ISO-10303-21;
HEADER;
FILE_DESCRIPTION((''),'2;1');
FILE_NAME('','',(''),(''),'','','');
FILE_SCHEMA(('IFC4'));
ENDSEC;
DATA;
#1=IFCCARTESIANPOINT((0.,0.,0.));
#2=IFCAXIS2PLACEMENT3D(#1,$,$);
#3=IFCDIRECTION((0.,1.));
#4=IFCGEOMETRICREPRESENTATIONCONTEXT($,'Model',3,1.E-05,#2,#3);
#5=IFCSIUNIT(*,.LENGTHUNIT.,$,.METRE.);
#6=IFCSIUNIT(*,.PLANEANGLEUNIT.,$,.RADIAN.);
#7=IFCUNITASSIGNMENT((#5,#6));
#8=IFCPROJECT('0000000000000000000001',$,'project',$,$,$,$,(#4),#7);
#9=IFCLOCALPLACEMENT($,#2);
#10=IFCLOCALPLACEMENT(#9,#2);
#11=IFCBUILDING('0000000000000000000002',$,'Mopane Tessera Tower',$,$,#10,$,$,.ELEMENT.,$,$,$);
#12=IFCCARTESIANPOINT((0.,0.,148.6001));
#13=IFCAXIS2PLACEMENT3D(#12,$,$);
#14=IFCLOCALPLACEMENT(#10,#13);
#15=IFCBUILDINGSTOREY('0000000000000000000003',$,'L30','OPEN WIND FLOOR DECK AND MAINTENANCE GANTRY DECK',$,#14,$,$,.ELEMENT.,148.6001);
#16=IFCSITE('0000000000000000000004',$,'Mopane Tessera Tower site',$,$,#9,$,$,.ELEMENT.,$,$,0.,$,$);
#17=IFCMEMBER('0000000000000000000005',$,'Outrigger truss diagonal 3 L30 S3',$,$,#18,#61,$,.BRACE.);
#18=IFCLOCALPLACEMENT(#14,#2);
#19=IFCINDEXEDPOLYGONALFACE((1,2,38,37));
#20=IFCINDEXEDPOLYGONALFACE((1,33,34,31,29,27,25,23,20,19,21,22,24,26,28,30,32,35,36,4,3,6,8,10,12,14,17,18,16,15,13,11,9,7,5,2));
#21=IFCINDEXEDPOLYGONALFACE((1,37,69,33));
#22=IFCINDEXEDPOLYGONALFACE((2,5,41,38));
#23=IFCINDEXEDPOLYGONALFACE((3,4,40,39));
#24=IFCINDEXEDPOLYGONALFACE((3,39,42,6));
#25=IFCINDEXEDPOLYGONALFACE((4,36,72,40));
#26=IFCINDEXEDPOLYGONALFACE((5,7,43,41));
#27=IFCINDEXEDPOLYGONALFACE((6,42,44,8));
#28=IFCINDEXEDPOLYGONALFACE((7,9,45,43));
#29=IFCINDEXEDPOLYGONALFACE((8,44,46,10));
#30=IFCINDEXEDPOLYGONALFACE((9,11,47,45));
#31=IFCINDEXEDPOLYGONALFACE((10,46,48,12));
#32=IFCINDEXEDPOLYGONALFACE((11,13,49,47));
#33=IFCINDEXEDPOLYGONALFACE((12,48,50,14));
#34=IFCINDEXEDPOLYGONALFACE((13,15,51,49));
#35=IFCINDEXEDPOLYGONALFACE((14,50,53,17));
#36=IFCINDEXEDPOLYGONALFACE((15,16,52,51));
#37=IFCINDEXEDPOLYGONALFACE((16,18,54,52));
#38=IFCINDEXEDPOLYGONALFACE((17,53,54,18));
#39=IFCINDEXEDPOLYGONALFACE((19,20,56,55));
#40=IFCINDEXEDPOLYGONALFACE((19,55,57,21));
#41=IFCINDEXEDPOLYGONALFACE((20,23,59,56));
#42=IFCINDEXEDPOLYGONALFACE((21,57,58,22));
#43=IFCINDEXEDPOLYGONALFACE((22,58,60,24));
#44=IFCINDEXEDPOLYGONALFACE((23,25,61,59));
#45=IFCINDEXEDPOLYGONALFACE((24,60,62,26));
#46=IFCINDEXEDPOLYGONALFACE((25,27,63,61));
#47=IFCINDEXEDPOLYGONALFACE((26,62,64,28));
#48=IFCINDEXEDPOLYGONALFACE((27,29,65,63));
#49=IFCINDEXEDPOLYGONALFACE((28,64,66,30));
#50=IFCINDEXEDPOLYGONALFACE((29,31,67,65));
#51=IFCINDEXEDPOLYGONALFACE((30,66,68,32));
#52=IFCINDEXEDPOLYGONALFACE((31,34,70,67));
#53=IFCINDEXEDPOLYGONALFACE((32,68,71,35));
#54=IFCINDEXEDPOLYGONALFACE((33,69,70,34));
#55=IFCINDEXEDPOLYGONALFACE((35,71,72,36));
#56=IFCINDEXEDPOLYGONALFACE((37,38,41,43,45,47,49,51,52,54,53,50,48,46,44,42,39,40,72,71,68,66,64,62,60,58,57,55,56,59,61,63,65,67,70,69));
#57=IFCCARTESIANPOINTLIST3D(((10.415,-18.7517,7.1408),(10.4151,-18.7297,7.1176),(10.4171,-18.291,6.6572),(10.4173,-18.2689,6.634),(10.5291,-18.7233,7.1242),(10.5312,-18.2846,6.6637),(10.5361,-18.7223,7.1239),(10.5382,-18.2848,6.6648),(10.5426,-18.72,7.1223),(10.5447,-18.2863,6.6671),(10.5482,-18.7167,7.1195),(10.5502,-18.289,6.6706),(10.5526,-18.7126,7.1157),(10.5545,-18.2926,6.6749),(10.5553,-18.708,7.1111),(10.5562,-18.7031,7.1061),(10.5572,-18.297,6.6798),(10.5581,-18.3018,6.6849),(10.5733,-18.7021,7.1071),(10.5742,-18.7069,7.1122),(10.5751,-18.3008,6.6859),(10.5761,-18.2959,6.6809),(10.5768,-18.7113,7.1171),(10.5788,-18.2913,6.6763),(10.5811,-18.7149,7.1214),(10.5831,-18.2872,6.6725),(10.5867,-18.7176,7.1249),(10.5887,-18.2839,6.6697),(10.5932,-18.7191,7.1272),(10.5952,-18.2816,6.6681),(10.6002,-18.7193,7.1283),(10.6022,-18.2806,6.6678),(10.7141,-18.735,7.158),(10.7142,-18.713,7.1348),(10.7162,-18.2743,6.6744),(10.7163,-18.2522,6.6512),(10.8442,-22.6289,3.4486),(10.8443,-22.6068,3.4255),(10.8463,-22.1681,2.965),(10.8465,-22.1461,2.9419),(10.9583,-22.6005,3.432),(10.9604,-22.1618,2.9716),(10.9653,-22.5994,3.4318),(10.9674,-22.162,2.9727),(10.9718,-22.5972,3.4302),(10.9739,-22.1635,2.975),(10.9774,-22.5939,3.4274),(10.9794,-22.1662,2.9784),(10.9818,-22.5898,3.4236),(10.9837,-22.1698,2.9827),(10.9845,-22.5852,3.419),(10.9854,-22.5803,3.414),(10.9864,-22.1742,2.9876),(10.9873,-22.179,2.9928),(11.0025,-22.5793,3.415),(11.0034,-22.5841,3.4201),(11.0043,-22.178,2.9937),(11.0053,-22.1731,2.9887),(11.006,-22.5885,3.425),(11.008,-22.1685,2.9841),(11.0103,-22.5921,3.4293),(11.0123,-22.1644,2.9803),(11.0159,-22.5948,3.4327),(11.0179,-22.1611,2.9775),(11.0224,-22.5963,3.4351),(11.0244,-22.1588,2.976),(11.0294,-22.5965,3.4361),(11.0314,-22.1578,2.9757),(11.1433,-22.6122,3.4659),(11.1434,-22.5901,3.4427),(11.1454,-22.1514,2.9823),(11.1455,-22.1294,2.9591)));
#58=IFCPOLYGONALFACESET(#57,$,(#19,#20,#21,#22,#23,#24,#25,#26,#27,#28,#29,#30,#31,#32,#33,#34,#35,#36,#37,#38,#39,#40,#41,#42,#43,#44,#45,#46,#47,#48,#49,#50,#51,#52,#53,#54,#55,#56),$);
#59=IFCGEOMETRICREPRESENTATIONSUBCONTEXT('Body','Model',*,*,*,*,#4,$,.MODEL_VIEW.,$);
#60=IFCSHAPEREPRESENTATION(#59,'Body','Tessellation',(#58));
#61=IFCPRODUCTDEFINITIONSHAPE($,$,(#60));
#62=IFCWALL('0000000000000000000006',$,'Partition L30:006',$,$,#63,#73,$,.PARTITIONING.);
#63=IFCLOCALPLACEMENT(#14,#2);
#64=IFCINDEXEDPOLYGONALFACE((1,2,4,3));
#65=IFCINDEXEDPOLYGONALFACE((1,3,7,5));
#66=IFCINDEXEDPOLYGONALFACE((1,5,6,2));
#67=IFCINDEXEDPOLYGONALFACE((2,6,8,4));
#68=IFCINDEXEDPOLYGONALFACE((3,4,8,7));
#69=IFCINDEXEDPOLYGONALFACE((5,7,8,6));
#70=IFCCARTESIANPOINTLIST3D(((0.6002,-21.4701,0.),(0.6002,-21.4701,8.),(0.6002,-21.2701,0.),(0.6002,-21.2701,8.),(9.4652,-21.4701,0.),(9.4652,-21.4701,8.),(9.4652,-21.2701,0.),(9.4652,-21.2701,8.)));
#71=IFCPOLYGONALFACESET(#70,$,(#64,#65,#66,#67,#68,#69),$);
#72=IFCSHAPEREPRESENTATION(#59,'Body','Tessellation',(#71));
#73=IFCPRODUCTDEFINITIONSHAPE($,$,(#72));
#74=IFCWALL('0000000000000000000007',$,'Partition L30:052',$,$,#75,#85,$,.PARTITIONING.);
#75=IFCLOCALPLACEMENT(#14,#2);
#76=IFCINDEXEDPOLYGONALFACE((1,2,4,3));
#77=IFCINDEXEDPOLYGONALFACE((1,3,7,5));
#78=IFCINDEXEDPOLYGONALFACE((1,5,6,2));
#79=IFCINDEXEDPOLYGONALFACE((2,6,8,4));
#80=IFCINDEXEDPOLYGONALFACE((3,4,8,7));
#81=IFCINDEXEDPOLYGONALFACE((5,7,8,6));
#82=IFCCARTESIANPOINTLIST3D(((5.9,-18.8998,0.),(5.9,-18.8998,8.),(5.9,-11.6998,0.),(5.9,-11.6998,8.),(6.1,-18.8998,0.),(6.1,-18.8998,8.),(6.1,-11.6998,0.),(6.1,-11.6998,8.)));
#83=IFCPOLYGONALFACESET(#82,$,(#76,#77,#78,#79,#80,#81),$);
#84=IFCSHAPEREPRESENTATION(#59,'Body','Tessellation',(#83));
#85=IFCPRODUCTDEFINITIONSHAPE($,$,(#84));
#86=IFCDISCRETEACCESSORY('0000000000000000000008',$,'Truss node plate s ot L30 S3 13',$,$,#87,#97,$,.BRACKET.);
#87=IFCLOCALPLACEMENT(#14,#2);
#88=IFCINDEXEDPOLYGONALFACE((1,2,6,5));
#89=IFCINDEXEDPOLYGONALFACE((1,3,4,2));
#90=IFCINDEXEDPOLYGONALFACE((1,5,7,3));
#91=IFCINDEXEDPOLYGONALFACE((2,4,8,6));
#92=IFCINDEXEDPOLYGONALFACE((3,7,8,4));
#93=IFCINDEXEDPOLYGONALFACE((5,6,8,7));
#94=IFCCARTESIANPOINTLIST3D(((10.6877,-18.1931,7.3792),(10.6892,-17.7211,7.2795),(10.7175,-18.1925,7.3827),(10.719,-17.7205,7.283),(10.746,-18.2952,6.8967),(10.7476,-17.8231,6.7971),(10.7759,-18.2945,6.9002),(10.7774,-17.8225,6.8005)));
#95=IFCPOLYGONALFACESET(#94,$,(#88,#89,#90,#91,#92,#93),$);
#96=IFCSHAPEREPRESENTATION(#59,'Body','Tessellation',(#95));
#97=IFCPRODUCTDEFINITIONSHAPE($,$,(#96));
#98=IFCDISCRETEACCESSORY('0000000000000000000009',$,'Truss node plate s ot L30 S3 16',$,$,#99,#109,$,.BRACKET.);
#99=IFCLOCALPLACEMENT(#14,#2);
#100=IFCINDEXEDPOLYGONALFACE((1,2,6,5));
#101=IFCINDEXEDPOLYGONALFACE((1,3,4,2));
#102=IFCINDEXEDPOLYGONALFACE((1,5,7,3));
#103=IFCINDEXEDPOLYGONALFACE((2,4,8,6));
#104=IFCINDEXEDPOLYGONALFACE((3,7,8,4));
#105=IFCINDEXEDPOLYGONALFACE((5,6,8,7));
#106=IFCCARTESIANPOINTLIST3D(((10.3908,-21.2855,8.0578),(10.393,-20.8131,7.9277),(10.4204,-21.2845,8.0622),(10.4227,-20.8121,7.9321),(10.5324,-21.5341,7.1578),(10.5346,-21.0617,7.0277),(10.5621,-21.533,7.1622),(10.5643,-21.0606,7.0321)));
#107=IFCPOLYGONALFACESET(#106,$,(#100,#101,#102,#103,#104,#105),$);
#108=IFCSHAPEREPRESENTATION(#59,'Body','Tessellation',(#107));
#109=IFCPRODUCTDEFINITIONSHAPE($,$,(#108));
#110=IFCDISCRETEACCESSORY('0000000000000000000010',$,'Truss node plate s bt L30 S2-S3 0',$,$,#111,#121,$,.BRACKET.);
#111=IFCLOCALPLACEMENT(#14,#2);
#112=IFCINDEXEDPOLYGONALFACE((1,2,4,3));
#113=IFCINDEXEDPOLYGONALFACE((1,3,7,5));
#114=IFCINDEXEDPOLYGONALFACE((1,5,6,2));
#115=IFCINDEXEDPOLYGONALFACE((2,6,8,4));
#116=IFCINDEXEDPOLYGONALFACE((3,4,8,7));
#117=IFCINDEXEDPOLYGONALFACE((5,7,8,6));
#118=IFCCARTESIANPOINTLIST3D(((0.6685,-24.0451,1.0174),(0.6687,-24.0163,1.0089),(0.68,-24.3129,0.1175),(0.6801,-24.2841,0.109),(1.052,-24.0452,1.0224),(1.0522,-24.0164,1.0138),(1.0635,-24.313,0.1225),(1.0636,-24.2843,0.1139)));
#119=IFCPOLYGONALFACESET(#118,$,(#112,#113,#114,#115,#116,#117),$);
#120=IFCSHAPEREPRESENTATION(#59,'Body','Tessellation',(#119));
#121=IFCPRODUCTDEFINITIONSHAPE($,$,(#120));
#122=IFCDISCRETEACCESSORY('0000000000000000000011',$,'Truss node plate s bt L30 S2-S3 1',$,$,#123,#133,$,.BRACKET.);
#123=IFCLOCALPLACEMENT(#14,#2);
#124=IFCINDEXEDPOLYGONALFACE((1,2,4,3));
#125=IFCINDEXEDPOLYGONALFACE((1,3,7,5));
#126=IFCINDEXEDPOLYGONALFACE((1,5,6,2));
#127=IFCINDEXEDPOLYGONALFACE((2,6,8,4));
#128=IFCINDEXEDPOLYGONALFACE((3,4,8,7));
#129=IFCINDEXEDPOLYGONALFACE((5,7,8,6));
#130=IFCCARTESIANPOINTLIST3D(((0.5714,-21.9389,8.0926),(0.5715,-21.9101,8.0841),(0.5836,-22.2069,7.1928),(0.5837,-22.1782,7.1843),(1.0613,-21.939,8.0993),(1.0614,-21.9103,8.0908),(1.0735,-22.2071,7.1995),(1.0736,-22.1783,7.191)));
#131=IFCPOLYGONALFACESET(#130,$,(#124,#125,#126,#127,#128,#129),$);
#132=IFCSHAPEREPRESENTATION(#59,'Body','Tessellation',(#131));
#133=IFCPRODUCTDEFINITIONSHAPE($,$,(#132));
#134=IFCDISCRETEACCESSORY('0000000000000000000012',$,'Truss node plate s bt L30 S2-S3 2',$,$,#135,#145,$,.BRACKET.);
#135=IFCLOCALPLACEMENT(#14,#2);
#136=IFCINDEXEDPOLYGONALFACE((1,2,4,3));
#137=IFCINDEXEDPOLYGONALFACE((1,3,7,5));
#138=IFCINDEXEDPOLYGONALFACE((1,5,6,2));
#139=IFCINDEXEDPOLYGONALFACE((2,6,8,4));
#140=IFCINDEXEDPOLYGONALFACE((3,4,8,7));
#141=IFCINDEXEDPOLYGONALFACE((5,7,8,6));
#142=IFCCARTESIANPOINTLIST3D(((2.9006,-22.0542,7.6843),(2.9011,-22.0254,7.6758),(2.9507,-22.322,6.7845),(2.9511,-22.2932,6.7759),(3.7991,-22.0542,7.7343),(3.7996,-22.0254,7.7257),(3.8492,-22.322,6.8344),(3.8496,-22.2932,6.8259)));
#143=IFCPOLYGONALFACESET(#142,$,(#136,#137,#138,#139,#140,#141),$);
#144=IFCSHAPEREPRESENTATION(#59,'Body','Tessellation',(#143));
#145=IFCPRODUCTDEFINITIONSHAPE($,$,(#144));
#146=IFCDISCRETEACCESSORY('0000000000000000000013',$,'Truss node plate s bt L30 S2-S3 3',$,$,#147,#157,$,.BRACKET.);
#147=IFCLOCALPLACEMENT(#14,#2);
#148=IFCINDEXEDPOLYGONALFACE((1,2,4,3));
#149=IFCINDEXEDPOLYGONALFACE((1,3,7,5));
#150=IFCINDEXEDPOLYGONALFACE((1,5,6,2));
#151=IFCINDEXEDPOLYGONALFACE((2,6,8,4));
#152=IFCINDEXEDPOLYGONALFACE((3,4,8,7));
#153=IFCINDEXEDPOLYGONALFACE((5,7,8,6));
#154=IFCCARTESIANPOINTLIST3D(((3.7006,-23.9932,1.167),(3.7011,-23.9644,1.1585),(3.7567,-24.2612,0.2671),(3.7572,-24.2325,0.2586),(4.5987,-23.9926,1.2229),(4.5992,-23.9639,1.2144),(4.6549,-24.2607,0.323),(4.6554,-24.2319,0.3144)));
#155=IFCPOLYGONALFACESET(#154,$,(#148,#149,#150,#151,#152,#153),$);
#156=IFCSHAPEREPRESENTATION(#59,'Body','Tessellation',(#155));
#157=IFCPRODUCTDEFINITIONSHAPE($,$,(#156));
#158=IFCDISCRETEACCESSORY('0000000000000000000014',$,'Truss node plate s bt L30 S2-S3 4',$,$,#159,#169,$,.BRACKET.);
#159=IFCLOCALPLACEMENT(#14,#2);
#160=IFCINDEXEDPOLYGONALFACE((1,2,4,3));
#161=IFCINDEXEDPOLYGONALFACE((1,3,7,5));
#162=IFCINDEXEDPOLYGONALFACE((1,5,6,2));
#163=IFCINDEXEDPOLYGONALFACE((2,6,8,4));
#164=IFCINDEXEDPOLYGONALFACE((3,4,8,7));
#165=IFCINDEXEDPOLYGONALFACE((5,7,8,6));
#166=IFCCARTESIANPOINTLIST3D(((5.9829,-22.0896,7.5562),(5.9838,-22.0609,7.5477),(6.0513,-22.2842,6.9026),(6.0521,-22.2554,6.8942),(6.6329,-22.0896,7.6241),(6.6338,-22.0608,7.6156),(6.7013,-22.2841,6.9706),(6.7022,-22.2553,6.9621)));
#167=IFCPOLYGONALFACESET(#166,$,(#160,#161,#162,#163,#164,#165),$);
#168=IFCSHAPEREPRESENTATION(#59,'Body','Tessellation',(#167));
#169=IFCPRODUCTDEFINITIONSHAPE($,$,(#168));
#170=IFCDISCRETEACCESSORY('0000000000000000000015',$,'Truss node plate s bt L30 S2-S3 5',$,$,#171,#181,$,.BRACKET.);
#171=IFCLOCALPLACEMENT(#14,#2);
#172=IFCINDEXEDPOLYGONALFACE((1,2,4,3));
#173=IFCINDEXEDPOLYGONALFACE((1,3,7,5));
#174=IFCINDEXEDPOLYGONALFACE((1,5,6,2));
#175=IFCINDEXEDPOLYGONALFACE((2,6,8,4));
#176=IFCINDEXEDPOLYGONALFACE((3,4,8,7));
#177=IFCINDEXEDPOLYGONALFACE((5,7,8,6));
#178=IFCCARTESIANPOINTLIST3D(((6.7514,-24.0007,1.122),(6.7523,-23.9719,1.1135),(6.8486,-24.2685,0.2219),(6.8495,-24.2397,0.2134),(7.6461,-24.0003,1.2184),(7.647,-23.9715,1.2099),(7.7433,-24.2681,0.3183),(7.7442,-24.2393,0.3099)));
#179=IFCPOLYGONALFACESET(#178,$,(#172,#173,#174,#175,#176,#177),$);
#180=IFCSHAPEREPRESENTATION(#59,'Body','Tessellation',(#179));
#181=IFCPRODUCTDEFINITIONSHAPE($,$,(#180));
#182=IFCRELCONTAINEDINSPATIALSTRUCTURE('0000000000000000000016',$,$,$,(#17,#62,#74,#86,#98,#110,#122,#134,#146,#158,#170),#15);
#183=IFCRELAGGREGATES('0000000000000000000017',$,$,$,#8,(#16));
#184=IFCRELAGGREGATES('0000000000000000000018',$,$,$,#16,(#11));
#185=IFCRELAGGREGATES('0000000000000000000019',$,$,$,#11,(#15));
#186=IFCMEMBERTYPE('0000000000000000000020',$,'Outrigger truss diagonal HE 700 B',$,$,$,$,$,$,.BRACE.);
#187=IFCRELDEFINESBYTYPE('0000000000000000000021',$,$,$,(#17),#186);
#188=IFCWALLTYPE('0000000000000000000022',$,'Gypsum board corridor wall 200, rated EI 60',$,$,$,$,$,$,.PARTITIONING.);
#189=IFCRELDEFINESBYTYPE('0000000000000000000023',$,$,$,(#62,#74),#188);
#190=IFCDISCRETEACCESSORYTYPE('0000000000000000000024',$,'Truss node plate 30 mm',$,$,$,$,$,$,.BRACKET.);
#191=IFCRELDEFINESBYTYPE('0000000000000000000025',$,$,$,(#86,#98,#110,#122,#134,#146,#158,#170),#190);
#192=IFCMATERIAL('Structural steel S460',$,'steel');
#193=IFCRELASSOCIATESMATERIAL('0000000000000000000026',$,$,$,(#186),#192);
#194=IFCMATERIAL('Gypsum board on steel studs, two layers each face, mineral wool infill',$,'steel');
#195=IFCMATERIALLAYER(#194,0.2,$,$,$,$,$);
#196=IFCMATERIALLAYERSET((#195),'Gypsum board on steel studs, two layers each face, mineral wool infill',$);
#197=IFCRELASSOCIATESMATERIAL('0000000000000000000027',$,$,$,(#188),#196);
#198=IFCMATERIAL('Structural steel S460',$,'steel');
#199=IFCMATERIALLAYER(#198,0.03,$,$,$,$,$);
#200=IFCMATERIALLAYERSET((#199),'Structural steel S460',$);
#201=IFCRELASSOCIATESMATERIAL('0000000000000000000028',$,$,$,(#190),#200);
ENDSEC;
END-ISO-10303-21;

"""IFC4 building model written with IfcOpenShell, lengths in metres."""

from ifc_helpers import new_model, si_unit, direction, frame, frame_2d, origin, origin_2d, place, context, subcontext, project, spatial, rectangle, i_section, extrude, material, layer, layer_set, material_profile, profile_set, type_object, element, save


model = new_model("IFC4")

# Units and contexts
model_context = context("Model", 3, precision=1e-05, world=origin(), true_north=direction((0.0, 1.0)))
body_context = subcontext(model_context, "Body", "Model", "MODEL_VIEW")
ifc_project = project(units=[si_unit("LENGTHUNIT", "METRE"), si_unit("PLANEANGLEUNIT", "RADIAN")], contexts=[model_context])

# Site, building, storey
site_placement = place(None, origin())
site = spatial("IfcSite", under=ifc_project, at=site_placement, Name="Mopane Tessera Tower site", CompositionType="ELEMENT", RefElevation=0.0)
building_placement = place(site_placement, origin())
building = spatial("IfcBuilding", under=site, at=building_placement, Name="Mopane Tessera Tower", CompositionType="ELEMENT")
storey_placement = place(building_placement, frame((0.0, 0.0, 148.6001)))
storey = spatial("IfcBuildingStorey", under=building, at=storey_placement, Name="L30", Description="OPEN WIND FLOOR DECK AND MAINTENANCE GANTRY DECK", CompositionType="ELEMENT", Elevation=148.6001)

# Member
ifc_material_1 = material(Name="Structural steel S460", Category="steel")
ifc_material_profile_1 = material_profile(ifc_material_1, i_section(OverallWidth=0.3, OverallDepth=0.7, WebThickness=0.0171, FlangeThickness=0.032, FilletRadius=0.0271, at=origin_2d()))
ifc_profile_set_1 = profile_set([ifc_material_profile_1], Name="Structural steel S460")
member_type_1 = type_object("IfcMemberType", Name="Outrigger truss diagonal HE 700 B", PredefinedType="BRACE", material=ifc_profile_set_1)
member_1_placement = place(storey_placement, frame((10.5657, -18.502, 6.896), z_axis=(0.079909, -0.721862, -0.687408), x_axis=(0.996797, 0.055649, 0.057436)))
element("IfcMember", 1, at=member_1_placement, inside=storey, type_object=member_type_1, Name="Outrigger truss diagonal 3 L30 S3", PredefinedType="BRACE", context=body_context, shape_type="SweptSolid", body=[
    extrude(i_section(OverallWidth=0.3, OverallDepth=0.7, WebThickness=0.0171, FlangeThickness=0.032, FilletRadius=0.0271, at=origin_2d()), origin(), (0.0, 0.0, 1.0), 5.3711),
])

# Walls
ifc_material_2 = material(Name="Gypsum board on steel studs, two layers each face, mineral wool infill", Category="steel")
ifc_layer_1 = layer(ifc_material_2, 0.2)
ifc_layer_set_1 = layer_set([ifc_layer_1], Name="Gypsum board on steel studs, two layers each face, mineral wool infill")
wall_type = type_object("IfcWallType", Name="Gypsum board corridor wall 200, rated EI 60", PredefinedType="PARTITIONING", material=ifc_layer_set_1)
wall_1_placement = place(storey_placement, frame((0.6001, -21.3701, 0.0), z_axis=(0.0, 0.0, 1.0), x_axis=(1.0, 0.0, 0.0)))
element("IfcWall", 2, at=wall_1_placement, inside=storey, type_object=wall_type, Name="Partition L30:006", PredefinedType="PARTITIONING", context=body_context, shape_type="SweptSolid", body=[
    extrude(rectangle(XDim=8.865, YDim=0.2, at=frame_2d((4.4326, 0.0))), origin(), (0.0, 0.0, 1.0), 8.0),
])
wall_2_placement = place(storey_placement, frame((6.0, -18.8999, 0.0), z_axis=(0.0, 0.0, 1.0), x_axis=(0.0, 1.0, 0.0)))
element("IfcWall", 3, at=wall_2_placement, inside=storey, type_object=wall_type, Name="Partition L30:052", PredefinedType="PARTITIONING", context=body_context, shape_type="SweptSolid", body=[
    extrude(rectangle(XDim=7.2, YDim=0.2, at=frame_2d((3.6001, 0.0))), origin(), (0.0, 0.0, 1.0), 8.0),
])

# Discrete accessories
ifc_material_3 = material(Name="Structural steel S460", Category="steel")
ifc_layer_2 = layer(ifc_material_3, 0.03)
ifc_layer_set_2 = layer_set([ifc_layer_2], Name="Structural steel S460")
discrete_accessory_type = type_object("IfcDiscreteAccessoryType", Name="Truss node plate 30 mm", PredefinedType="BRACKET", material=ifc_layer_set_2)
discrete_accessory_1_placement = place(storey_placement, frame((10.7617, -18.0588, 6.8486), z_axis=(-0.117513, 0.205525, 0.971571), x_axis=(0.993066, 0.021171, 0.115634)))
element("IfcDiscreteAccessory", 4, at=discrete_accessory_1_placement, inside=storey, type_object=discrete_accessory_type, Name="Truss node plate s ot L30 S3 13", PredefinedType="BRACKET", context=body_context, shape_type="SweptSolid", body=[
    extrude(rectangle(XDim=0.03, YDim=0.4824, at=origin_2d()), origin(), (0.0, 0.0, 1.0), 0.4966),
])
discrete_accessory_2_placement = place(storey_placement, frame((10.5483, -21.2974, 7.095), z_axis=(-0.149959, 0.263204, 0.953014), x_axis=(0.988681, 0.035418, 0.145789)))
element("IfcDiscreteAccessory", 5, at=discrete_accessory_2_placement, inside=storey, type_object=discrete_accessory_type, Name="Truss node plate s ot L30 S3 16", PredefinedType="BRACKET", context=body_context, shape_type="SweptSolid", body=[
    extrude(rectangle(XDim=0.03, YDim=0.49, at=origin_2d()), origin(), (0.0, 0.0, 1.0), 0.9443),
])
discrete_accessory_3_placement = place(storey_placement, frame((0.8718, -24.2986, 0.1157), z_axis=(-0.01222, 0.285227, 0.958382), x_axis=(0.003994, 0.95846, -0.285199)))
element("IfcDiscreteAccessory", 6, at=discrete_accessory_3_placement, inside=storey, type_object=discrete_accessory_type, Name="Truss node plate s bt L30 S2-S3 0", PredefinedType="BRACKET", context=body_context, shape_type="SweptSolid", body=[
    extrude(rectangle(XDim=0.03, YDim=0.3835, at=origin_2d()), origin(), (0.0, 0.0, 1.0), 0.939),
])
discrete_accessory_4_placement = place(storey_placement, frame((0.8286, -22.1926, 7.1919), z_axis=(-0.012999, 0.285463, 0.958302), x_axis=(0.004174, 0.95839, -0.285432)))
element("IfcDiscreteAccessory", 7, at=discrete_accessory_4_placement, inside=storey, type_object=discrete_accessory_type, Name="Truss node plate s bt L30 S2-S3 1", PredefinedType="BRACKET", context=body_context, shape_type="SweptSolid", body=[
    extrude(rectangle(XDim=0.03, YDim=0.49, at=origin_2d()), origin(), (0.0, 0.0, 1.0), 0.939),
])
discrete_accessory_5_placement = place(storey_placement, frame((3.4001, -22.3076, 6.8052), z_axis=(-0.05323, 0.284844, 0.957095), x_axis=(0.015799, 0.958574, -0.284405)))
element("IfcDiscreteAccessory", 8, at=discrete_accessory_5_placement, inside=storey, type_object=discrete_accessory_type, Name="Truss node plate s bt L30 S2-S3 2", PredefinedType="BRACKET", context=body_context, shape_type="SweptSolid", body=[
    extrude(rectangle(XDim=0.03, YDim=0.8999, at=origin_2d()), origin(), (0.0, 0.0, 1.0), 0.9402),
])
discrete_accessory_6_placement = place(storey_placement, frame((4.2061, -24.2466, 0.2908), z_axis=(-0.059695, 0.284978, 0.956674), x_axis=(0.017144, 0.958534, -0.284462)))
element("IfcDiscreteAccessory", 9, at=discrete_accessory_6_placement, inside=storey, type_object=discrete_accessory_type, Name="Truss node plate s bt L30 S2-S3 3", PredefinedType="BRACKET", context=body_context, shape_type="SweptSolid", body=[
    extrude(rectangle(XDim=0.03, YDim=0.8999, at=origin_2d()), origin(), (0.0, 0.0, 1.0), 0.9407),
])
discrete_accessory_7_placement = place(storey_placement, frame((6.3767, -22.2698, 6.9324), z_axis=(-0.099746, 0.283921, 0.953646), x_axis=(0.029386, 0.958848, -0.282396)))
element("IfcDiscreteAccessory", 10, at=discrete_accessory_7_placement, inside=storey, type_object=discrete_accessory_type, Name="Truss node plate s bt L30 S2-S3 4", PredefinedType="BRACKET", context=body_context, shape_type="SweptSolid", body=[
    extrude(rectangle(XDim=0.03, YDim=0.6536, at=origin_2d()), origin(), (0.0, 0.0, 1.0), 0.6853),
])
discrete_accessory_8_placement = place(storey_placement, frame((7.2964, -24.2539, 0.2659), z_axis=(-0.102915, 0.283663, 0.953386), x_axis=(0.029923, 0.958924, -0.28208)))
element("IfcDiscreteAccessory", 11, at=discrete_accessory_8_placement, inside=storey, type_object=discrete_accessory_type, Name="Truss node plate s bt L30 S2-S3 5", PredefinedType="BRACKET", context=body_context, shape_type="SweptSolid", body=[
    extrude(rectangle(XDim=0.03, YDim=0.8999, at=origin_2d()), origin(), (0.0, 0.0, 1.0), 0.9441),
])

save(model, "model.ifc")
